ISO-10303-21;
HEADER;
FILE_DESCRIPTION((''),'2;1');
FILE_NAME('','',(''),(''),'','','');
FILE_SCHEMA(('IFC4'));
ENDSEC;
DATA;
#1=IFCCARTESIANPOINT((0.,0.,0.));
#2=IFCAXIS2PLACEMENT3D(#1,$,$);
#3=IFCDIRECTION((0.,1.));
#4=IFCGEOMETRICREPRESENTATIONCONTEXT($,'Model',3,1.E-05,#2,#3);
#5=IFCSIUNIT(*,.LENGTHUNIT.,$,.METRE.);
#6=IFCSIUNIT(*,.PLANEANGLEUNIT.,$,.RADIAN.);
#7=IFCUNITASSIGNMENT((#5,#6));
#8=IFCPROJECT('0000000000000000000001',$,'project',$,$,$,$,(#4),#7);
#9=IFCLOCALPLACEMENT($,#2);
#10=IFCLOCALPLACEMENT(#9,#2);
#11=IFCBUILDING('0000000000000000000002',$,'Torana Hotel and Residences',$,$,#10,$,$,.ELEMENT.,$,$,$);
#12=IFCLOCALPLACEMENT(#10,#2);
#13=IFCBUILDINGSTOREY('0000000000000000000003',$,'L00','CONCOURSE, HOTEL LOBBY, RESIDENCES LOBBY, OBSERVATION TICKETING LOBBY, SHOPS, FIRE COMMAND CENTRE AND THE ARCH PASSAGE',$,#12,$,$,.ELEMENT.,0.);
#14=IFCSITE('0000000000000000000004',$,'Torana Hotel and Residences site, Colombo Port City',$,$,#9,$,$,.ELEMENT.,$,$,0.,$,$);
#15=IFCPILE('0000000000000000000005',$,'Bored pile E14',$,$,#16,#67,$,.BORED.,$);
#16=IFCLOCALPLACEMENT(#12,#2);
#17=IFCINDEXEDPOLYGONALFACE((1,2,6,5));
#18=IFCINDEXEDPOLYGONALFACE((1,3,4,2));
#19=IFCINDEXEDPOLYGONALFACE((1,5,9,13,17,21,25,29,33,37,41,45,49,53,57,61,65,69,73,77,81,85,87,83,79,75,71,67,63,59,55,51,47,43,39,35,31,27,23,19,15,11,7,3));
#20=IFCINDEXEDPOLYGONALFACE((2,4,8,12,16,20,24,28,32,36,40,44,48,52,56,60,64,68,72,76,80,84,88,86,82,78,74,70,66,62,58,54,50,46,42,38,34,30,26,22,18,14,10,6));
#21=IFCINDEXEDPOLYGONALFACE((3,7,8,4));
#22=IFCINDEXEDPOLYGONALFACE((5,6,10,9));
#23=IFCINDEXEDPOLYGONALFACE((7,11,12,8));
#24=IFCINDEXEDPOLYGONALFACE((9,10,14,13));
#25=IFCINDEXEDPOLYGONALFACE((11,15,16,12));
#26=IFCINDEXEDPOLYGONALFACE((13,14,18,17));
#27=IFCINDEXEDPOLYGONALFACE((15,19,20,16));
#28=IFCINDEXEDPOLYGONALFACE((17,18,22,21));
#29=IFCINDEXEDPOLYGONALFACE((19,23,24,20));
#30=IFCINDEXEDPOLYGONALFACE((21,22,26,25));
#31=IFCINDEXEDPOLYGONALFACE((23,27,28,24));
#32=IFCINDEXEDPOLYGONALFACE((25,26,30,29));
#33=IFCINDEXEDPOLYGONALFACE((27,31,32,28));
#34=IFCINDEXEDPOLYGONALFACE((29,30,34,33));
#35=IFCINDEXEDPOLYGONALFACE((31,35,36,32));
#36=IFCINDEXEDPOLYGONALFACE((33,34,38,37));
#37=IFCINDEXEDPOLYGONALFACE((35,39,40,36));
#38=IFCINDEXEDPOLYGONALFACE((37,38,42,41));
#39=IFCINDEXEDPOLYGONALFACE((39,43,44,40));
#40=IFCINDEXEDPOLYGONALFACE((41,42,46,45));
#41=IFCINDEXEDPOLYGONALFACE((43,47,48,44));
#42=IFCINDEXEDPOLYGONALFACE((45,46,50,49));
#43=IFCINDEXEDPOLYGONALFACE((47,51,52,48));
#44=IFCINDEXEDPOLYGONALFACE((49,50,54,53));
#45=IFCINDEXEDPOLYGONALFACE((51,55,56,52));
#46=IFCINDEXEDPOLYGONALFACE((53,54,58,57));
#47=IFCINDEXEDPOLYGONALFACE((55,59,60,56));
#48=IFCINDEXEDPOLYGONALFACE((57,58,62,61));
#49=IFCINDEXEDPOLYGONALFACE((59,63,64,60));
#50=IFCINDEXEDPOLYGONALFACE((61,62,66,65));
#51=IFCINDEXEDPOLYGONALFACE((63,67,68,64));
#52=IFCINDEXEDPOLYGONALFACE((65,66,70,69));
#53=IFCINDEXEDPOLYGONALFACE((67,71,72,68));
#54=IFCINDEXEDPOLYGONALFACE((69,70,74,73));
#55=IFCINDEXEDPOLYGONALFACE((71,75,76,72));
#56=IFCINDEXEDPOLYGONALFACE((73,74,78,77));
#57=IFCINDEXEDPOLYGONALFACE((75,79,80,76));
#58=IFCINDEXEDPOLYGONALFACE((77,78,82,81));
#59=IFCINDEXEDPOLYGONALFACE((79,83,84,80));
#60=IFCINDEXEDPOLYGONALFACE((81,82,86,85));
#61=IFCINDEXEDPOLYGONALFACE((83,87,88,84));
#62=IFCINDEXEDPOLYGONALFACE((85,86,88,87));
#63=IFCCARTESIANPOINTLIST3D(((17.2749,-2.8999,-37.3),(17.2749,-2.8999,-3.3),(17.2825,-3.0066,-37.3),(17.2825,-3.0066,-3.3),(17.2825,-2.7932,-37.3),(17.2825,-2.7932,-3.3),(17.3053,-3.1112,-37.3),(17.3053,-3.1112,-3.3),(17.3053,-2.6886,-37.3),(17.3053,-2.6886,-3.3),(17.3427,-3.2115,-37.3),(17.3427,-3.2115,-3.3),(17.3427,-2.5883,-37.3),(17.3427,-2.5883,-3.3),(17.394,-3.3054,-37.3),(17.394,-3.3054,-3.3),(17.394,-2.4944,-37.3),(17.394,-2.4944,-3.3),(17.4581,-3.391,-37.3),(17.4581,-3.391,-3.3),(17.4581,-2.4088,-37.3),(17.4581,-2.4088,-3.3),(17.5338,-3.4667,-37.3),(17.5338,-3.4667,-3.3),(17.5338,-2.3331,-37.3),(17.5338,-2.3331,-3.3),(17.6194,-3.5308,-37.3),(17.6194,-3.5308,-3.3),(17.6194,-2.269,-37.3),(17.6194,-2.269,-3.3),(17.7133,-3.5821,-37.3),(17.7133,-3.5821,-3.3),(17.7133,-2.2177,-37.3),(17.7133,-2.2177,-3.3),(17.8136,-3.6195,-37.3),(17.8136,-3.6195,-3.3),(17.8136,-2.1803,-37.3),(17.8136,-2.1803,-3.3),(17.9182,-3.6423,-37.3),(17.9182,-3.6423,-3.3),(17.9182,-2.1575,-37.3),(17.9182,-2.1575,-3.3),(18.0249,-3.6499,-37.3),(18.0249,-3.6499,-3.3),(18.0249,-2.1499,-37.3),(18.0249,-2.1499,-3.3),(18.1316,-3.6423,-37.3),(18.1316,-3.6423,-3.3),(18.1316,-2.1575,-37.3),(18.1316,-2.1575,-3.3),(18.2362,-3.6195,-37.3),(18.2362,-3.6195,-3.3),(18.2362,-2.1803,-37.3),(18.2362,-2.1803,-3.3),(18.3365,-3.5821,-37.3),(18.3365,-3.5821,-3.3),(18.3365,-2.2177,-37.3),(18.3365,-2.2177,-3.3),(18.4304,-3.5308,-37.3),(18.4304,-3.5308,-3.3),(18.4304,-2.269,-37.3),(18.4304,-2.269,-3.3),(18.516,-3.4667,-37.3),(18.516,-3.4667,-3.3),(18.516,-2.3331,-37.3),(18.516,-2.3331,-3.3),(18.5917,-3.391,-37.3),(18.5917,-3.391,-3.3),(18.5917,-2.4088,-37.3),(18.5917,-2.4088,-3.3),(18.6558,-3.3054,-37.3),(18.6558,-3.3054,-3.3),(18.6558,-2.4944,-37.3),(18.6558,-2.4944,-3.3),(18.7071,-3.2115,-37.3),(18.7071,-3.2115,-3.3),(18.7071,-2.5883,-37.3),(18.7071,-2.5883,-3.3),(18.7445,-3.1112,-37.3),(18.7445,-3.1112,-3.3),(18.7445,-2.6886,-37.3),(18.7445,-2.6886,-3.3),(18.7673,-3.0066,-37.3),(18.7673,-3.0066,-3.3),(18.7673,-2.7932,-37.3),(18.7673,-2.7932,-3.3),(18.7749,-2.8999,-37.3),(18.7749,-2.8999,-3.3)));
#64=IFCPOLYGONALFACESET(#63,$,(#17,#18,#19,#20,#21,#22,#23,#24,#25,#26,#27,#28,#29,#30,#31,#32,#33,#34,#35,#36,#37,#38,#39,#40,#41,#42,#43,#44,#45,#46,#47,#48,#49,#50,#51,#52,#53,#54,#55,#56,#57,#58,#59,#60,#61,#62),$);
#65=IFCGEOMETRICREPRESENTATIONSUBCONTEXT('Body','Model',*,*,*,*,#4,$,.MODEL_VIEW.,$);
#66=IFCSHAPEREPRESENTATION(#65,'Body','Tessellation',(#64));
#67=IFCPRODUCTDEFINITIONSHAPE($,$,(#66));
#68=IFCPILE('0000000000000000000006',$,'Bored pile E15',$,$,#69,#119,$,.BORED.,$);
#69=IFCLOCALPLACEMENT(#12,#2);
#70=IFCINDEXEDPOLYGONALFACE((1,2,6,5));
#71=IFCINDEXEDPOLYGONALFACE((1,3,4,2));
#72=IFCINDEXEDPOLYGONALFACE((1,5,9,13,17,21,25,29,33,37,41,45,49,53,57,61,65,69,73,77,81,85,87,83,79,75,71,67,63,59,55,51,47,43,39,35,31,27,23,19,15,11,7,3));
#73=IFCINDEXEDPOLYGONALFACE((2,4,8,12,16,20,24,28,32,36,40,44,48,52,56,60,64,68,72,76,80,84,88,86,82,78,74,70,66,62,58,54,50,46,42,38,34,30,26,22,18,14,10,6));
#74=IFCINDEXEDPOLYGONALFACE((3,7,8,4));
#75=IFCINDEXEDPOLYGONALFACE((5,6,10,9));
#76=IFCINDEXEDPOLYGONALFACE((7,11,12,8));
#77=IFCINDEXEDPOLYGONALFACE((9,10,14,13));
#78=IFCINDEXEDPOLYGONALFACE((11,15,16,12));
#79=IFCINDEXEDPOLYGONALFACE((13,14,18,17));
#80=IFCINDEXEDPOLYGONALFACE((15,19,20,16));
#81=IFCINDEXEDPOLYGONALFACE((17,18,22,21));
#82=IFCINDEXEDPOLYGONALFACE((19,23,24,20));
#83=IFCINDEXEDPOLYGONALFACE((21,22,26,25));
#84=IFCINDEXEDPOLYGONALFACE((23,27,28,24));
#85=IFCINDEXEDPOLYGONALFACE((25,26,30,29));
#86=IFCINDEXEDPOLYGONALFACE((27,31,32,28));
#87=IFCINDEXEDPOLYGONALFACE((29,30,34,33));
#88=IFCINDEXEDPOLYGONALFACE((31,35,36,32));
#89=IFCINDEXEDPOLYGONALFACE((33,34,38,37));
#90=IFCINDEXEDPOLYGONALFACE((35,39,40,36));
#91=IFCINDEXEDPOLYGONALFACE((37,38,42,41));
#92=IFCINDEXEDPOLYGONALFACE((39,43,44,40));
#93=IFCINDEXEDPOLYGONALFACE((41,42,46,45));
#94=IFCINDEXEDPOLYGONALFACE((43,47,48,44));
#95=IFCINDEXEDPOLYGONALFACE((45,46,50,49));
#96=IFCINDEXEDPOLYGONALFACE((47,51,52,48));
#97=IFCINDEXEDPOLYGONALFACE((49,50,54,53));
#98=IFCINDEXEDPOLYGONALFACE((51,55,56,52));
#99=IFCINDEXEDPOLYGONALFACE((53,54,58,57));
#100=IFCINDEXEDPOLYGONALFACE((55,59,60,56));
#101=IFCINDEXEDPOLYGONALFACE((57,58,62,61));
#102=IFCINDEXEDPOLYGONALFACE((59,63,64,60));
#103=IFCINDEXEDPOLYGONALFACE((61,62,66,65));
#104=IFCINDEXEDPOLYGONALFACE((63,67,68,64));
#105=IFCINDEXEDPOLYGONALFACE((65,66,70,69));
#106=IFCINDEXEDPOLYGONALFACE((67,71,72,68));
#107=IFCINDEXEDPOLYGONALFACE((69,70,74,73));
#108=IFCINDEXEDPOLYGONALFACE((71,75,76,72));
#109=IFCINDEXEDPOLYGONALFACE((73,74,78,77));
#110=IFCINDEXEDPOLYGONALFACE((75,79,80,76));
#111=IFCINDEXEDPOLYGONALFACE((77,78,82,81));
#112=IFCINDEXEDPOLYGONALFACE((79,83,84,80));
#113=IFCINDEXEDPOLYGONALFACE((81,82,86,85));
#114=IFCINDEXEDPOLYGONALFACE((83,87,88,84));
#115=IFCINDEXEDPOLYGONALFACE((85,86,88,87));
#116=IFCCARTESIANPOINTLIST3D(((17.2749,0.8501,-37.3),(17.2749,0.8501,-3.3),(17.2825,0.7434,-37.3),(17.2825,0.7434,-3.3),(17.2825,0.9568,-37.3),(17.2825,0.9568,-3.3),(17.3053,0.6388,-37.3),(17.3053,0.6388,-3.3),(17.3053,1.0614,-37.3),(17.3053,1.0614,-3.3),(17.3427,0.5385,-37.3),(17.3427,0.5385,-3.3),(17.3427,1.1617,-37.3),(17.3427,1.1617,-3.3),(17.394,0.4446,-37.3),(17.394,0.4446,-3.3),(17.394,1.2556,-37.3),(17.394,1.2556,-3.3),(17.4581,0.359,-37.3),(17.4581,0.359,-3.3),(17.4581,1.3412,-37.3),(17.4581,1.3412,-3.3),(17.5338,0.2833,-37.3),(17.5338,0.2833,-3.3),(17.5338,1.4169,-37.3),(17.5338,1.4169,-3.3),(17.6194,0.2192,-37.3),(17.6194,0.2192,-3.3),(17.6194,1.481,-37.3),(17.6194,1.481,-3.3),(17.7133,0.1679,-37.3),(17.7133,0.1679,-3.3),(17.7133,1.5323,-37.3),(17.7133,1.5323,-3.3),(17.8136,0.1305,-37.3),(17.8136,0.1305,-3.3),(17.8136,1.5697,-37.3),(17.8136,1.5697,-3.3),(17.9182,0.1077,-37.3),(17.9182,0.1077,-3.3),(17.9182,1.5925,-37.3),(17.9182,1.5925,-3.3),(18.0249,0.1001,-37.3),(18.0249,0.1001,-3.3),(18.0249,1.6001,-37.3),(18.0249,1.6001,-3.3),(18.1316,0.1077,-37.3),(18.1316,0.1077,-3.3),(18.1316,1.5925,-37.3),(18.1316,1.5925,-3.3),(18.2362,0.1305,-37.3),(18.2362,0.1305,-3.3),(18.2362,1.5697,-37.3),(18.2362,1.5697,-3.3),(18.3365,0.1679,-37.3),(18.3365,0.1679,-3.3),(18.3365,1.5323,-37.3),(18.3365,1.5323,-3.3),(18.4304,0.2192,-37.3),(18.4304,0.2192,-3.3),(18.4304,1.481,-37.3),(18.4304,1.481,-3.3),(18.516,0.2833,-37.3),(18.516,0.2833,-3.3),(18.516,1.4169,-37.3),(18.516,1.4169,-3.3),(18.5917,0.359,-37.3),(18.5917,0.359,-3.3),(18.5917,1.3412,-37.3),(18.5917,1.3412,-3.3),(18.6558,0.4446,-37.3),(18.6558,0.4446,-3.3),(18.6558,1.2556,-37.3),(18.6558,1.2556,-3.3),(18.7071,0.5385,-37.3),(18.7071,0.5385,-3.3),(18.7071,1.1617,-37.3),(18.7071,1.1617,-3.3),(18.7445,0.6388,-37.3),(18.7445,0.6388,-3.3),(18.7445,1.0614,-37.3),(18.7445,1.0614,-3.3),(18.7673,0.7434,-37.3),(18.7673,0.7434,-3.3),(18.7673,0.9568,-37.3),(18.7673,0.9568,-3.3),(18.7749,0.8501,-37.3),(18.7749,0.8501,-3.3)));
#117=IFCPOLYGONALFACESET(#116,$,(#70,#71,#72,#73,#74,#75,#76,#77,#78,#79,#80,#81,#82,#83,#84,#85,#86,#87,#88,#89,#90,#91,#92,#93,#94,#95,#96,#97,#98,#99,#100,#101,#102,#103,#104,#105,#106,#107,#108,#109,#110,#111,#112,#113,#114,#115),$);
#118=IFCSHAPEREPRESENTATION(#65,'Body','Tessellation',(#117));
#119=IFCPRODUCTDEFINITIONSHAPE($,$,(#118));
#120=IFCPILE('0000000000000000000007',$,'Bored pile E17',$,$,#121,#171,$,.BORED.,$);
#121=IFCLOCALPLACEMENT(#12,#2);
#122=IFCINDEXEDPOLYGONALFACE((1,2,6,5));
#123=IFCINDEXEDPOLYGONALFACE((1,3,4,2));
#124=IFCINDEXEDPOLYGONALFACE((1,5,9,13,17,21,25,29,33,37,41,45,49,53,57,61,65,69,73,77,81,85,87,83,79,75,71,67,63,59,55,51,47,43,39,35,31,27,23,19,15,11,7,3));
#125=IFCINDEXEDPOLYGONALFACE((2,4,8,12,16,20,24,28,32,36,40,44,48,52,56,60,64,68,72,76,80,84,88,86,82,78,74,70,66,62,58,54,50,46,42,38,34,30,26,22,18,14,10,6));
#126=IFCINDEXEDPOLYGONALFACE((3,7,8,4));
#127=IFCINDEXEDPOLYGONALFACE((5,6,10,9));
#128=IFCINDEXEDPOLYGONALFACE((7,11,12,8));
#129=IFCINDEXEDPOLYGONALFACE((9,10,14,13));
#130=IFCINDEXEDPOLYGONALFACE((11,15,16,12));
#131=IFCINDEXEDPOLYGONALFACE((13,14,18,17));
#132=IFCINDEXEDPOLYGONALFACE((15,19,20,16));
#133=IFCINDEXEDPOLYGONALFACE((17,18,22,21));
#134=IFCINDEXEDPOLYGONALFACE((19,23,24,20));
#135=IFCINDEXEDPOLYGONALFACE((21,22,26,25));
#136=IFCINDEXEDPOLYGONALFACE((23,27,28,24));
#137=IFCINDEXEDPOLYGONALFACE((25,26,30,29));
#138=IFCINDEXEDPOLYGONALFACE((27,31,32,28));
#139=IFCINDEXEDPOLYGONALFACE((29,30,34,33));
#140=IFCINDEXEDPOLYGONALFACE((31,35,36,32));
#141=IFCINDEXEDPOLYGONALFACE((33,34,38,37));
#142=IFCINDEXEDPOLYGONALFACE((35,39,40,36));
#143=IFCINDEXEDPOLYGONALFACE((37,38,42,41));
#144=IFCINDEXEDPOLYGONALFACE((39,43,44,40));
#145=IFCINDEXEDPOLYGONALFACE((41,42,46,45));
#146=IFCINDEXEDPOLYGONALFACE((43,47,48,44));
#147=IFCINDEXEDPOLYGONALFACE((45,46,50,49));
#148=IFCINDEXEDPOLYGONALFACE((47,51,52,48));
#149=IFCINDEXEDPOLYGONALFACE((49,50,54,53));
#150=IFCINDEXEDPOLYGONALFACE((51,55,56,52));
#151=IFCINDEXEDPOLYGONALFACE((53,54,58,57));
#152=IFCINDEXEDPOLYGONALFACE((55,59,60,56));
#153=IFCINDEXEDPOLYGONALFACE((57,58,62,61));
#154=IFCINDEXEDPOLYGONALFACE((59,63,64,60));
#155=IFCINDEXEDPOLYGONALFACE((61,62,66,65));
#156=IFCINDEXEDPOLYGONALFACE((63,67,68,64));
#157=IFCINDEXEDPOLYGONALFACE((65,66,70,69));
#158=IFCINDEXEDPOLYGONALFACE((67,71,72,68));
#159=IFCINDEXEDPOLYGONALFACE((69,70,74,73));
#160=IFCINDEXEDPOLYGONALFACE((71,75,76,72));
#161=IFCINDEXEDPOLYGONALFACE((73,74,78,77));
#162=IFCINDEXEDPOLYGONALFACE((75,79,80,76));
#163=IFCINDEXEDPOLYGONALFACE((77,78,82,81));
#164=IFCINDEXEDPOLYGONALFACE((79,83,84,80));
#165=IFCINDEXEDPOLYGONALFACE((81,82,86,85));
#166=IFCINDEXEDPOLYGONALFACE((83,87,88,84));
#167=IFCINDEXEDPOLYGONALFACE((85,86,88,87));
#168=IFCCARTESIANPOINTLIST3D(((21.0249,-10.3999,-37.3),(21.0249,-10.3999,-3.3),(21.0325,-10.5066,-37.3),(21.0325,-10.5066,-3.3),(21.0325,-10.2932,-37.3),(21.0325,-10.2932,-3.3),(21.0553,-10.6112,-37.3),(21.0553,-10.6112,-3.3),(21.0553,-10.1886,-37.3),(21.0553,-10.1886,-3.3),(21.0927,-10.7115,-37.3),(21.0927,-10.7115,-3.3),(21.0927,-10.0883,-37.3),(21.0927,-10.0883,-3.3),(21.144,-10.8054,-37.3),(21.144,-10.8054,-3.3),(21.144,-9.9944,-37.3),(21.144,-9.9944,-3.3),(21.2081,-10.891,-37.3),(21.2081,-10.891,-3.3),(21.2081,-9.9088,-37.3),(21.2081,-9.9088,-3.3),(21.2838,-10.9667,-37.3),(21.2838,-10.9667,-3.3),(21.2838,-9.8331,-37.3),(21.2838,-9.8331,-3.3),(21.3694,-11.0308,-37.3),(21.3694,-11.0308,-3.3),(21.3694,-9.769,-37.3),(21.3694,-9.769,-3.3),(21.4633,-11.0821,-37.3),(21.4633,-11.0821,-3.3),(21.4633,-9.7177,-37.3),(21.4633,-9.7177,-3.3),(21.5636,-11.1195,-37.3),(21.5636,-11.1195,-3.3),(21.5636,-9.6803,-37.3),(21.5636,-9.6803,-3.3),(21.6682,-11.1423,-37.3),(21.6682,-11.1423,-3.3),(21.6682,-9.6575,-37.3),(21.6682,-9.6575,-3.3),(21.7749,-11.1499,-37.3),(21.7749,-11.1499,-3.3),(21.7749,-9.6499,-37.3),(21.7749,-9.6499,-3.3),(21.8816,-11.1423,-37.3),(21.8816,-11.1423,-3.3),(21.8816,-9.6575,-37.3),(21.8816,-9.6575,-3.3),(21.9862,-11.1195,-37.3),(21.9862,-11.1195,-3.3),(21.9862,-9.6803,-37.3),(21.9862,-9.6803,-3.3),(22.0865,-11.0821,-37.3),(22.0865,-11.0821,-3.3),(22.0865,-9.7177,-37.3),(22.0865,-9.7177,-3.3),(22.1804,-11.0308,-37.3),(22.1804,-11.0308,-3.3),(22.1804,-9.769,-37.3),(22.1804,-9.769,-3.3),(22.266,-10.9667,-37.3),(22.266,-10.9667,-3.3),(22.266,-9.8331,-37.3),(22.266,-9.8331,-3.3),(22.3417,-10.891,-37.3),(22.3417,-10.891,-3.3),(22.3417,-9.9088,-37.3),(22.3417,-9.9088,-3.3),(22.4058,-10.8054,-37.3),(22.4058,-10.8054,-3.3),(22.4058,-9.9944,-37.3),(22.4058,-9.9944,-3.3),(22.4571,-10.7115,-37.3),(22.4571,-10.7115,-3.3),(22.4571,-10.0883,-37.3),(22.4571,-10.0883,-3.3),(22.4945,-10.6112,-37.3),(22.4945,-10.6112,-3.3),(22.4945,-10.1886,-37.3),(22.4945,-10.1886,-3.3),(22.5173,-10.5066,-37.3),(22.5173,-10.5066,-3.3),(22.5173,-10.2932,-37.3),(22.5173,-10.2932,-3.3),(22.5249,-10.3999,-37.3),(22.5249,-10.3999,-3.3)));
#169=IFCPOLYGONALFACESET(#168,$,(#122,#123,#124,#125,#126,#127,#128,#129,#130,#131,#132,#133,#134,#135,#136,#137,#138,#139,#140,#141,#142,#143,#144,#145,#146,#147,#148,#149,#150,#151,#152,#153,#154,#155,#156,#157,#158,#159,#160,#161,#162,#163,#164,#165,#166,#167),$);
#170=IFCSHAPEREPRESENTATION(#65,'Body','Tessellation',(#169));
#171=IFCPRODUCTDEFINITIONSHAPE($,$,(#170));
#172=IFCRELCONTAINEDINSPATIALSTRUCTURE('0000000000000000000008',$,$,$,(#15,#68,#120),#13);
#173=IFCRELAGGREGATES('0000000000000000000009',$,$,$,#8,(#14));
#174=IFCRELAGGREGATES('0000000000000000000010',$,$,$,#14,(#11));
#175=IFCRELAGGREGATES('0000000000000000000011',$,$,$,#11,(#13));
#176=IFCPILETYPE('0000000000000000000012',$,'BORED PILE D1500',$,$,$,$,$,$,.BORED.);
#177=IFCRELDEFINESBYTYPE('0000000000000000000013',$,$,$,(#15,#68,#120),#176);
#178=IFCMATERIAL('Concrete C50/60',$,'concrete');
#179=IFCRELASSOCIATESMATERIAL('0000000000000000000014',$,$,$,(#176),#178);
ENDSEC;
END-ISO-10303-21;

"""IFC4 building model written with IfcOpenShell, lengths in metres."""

from ifc_helpers import new_model, si_unit, direction, frame, origin, origin_2d, place, context, subcontext, project, spatial, circle, extrude, material, type_object, element, save


model = new_model("IFC4")

# Units and contexts
model_context = context("Model", 3, precision=1e-05, world=origin(), true_north=direction((0.0, 1.0)))
body_context = subcontext(model_context, "Body", "Model", "MODEL_VIEW")
ifc_project = project(units=[si_unit("LENGTHUNIT", "METRE"), si_unit("PLANEANGLEUNIT", "RADIAN")], contexts=[model_context])

# Site, building, storey
site_placement = place(None, origin())
site = spatial("IfcSite", under=ifc_project, at=site_placement, Name="Torana Hotel and Residences site, Colombo Port City", CompositionType="ELEMENT", RefElevation=0.0)
building_placement = place(site_placement, origin())
building = spatial("IfcBuilding", under=site, at=building_placement, Name="Torana Hotel and Residences", CompositionType="ELEMENT")
storey_placement = place(building_placement, origin())
storey = spatial("IfcBuildingStorey", under=building, at=storey_placement, Name="L00", Description="CONCOURSE, HOTEL LOBBY, RESIDENCES LOBBY, OBSERVATION TICKETING LOBBY, SHOPS, FIRE COMMAND CENTRE AND THE ARCH PASSAGE", CompositionType="ELEMENT", Elevation=0.0)

# Piles
ifc_material_1 = material(Name="Concrete C50/60", Category="concrete")
pile_type = type_object("IfcPileType", Name="BORED PILE D1500", PredefinedType="BORED", material=ifc_material_1)
for number, where, z_axis, x_axis, name in (
    (1, (18.0249, -2.8999, -3.3), (0.0, 0.0, -1.0), (1.0, 0.0, 0.0), "Bored pile E14"),
    (2, (18.0249, 0.8501, -3.3), (0.0, 0.0, -1.0), (1.0, 0.0, 0.0), "Bored pile E15"),
    (3, (21.7749, -10.3999, -3.3), (0.0, 0.0, -1.0), (1.0, 0.0, 0.0), "Bored pile E17"),
):
    element("IfcPile", number, at=place(storey_placement, frame(where, z_axis=z_axis, x_axis=x_axis)), inside=storey, type_object=pile_type, Name=name, PredefinedType="BORED", context=body_context, shape_type="SweptSolid", body=[
        extrude(circle(Radius=0.75, at=origin_2d()), origin(), (0.0, 0.0, 1.0), 34.0),
    ])

save(model, "model.ifc")
